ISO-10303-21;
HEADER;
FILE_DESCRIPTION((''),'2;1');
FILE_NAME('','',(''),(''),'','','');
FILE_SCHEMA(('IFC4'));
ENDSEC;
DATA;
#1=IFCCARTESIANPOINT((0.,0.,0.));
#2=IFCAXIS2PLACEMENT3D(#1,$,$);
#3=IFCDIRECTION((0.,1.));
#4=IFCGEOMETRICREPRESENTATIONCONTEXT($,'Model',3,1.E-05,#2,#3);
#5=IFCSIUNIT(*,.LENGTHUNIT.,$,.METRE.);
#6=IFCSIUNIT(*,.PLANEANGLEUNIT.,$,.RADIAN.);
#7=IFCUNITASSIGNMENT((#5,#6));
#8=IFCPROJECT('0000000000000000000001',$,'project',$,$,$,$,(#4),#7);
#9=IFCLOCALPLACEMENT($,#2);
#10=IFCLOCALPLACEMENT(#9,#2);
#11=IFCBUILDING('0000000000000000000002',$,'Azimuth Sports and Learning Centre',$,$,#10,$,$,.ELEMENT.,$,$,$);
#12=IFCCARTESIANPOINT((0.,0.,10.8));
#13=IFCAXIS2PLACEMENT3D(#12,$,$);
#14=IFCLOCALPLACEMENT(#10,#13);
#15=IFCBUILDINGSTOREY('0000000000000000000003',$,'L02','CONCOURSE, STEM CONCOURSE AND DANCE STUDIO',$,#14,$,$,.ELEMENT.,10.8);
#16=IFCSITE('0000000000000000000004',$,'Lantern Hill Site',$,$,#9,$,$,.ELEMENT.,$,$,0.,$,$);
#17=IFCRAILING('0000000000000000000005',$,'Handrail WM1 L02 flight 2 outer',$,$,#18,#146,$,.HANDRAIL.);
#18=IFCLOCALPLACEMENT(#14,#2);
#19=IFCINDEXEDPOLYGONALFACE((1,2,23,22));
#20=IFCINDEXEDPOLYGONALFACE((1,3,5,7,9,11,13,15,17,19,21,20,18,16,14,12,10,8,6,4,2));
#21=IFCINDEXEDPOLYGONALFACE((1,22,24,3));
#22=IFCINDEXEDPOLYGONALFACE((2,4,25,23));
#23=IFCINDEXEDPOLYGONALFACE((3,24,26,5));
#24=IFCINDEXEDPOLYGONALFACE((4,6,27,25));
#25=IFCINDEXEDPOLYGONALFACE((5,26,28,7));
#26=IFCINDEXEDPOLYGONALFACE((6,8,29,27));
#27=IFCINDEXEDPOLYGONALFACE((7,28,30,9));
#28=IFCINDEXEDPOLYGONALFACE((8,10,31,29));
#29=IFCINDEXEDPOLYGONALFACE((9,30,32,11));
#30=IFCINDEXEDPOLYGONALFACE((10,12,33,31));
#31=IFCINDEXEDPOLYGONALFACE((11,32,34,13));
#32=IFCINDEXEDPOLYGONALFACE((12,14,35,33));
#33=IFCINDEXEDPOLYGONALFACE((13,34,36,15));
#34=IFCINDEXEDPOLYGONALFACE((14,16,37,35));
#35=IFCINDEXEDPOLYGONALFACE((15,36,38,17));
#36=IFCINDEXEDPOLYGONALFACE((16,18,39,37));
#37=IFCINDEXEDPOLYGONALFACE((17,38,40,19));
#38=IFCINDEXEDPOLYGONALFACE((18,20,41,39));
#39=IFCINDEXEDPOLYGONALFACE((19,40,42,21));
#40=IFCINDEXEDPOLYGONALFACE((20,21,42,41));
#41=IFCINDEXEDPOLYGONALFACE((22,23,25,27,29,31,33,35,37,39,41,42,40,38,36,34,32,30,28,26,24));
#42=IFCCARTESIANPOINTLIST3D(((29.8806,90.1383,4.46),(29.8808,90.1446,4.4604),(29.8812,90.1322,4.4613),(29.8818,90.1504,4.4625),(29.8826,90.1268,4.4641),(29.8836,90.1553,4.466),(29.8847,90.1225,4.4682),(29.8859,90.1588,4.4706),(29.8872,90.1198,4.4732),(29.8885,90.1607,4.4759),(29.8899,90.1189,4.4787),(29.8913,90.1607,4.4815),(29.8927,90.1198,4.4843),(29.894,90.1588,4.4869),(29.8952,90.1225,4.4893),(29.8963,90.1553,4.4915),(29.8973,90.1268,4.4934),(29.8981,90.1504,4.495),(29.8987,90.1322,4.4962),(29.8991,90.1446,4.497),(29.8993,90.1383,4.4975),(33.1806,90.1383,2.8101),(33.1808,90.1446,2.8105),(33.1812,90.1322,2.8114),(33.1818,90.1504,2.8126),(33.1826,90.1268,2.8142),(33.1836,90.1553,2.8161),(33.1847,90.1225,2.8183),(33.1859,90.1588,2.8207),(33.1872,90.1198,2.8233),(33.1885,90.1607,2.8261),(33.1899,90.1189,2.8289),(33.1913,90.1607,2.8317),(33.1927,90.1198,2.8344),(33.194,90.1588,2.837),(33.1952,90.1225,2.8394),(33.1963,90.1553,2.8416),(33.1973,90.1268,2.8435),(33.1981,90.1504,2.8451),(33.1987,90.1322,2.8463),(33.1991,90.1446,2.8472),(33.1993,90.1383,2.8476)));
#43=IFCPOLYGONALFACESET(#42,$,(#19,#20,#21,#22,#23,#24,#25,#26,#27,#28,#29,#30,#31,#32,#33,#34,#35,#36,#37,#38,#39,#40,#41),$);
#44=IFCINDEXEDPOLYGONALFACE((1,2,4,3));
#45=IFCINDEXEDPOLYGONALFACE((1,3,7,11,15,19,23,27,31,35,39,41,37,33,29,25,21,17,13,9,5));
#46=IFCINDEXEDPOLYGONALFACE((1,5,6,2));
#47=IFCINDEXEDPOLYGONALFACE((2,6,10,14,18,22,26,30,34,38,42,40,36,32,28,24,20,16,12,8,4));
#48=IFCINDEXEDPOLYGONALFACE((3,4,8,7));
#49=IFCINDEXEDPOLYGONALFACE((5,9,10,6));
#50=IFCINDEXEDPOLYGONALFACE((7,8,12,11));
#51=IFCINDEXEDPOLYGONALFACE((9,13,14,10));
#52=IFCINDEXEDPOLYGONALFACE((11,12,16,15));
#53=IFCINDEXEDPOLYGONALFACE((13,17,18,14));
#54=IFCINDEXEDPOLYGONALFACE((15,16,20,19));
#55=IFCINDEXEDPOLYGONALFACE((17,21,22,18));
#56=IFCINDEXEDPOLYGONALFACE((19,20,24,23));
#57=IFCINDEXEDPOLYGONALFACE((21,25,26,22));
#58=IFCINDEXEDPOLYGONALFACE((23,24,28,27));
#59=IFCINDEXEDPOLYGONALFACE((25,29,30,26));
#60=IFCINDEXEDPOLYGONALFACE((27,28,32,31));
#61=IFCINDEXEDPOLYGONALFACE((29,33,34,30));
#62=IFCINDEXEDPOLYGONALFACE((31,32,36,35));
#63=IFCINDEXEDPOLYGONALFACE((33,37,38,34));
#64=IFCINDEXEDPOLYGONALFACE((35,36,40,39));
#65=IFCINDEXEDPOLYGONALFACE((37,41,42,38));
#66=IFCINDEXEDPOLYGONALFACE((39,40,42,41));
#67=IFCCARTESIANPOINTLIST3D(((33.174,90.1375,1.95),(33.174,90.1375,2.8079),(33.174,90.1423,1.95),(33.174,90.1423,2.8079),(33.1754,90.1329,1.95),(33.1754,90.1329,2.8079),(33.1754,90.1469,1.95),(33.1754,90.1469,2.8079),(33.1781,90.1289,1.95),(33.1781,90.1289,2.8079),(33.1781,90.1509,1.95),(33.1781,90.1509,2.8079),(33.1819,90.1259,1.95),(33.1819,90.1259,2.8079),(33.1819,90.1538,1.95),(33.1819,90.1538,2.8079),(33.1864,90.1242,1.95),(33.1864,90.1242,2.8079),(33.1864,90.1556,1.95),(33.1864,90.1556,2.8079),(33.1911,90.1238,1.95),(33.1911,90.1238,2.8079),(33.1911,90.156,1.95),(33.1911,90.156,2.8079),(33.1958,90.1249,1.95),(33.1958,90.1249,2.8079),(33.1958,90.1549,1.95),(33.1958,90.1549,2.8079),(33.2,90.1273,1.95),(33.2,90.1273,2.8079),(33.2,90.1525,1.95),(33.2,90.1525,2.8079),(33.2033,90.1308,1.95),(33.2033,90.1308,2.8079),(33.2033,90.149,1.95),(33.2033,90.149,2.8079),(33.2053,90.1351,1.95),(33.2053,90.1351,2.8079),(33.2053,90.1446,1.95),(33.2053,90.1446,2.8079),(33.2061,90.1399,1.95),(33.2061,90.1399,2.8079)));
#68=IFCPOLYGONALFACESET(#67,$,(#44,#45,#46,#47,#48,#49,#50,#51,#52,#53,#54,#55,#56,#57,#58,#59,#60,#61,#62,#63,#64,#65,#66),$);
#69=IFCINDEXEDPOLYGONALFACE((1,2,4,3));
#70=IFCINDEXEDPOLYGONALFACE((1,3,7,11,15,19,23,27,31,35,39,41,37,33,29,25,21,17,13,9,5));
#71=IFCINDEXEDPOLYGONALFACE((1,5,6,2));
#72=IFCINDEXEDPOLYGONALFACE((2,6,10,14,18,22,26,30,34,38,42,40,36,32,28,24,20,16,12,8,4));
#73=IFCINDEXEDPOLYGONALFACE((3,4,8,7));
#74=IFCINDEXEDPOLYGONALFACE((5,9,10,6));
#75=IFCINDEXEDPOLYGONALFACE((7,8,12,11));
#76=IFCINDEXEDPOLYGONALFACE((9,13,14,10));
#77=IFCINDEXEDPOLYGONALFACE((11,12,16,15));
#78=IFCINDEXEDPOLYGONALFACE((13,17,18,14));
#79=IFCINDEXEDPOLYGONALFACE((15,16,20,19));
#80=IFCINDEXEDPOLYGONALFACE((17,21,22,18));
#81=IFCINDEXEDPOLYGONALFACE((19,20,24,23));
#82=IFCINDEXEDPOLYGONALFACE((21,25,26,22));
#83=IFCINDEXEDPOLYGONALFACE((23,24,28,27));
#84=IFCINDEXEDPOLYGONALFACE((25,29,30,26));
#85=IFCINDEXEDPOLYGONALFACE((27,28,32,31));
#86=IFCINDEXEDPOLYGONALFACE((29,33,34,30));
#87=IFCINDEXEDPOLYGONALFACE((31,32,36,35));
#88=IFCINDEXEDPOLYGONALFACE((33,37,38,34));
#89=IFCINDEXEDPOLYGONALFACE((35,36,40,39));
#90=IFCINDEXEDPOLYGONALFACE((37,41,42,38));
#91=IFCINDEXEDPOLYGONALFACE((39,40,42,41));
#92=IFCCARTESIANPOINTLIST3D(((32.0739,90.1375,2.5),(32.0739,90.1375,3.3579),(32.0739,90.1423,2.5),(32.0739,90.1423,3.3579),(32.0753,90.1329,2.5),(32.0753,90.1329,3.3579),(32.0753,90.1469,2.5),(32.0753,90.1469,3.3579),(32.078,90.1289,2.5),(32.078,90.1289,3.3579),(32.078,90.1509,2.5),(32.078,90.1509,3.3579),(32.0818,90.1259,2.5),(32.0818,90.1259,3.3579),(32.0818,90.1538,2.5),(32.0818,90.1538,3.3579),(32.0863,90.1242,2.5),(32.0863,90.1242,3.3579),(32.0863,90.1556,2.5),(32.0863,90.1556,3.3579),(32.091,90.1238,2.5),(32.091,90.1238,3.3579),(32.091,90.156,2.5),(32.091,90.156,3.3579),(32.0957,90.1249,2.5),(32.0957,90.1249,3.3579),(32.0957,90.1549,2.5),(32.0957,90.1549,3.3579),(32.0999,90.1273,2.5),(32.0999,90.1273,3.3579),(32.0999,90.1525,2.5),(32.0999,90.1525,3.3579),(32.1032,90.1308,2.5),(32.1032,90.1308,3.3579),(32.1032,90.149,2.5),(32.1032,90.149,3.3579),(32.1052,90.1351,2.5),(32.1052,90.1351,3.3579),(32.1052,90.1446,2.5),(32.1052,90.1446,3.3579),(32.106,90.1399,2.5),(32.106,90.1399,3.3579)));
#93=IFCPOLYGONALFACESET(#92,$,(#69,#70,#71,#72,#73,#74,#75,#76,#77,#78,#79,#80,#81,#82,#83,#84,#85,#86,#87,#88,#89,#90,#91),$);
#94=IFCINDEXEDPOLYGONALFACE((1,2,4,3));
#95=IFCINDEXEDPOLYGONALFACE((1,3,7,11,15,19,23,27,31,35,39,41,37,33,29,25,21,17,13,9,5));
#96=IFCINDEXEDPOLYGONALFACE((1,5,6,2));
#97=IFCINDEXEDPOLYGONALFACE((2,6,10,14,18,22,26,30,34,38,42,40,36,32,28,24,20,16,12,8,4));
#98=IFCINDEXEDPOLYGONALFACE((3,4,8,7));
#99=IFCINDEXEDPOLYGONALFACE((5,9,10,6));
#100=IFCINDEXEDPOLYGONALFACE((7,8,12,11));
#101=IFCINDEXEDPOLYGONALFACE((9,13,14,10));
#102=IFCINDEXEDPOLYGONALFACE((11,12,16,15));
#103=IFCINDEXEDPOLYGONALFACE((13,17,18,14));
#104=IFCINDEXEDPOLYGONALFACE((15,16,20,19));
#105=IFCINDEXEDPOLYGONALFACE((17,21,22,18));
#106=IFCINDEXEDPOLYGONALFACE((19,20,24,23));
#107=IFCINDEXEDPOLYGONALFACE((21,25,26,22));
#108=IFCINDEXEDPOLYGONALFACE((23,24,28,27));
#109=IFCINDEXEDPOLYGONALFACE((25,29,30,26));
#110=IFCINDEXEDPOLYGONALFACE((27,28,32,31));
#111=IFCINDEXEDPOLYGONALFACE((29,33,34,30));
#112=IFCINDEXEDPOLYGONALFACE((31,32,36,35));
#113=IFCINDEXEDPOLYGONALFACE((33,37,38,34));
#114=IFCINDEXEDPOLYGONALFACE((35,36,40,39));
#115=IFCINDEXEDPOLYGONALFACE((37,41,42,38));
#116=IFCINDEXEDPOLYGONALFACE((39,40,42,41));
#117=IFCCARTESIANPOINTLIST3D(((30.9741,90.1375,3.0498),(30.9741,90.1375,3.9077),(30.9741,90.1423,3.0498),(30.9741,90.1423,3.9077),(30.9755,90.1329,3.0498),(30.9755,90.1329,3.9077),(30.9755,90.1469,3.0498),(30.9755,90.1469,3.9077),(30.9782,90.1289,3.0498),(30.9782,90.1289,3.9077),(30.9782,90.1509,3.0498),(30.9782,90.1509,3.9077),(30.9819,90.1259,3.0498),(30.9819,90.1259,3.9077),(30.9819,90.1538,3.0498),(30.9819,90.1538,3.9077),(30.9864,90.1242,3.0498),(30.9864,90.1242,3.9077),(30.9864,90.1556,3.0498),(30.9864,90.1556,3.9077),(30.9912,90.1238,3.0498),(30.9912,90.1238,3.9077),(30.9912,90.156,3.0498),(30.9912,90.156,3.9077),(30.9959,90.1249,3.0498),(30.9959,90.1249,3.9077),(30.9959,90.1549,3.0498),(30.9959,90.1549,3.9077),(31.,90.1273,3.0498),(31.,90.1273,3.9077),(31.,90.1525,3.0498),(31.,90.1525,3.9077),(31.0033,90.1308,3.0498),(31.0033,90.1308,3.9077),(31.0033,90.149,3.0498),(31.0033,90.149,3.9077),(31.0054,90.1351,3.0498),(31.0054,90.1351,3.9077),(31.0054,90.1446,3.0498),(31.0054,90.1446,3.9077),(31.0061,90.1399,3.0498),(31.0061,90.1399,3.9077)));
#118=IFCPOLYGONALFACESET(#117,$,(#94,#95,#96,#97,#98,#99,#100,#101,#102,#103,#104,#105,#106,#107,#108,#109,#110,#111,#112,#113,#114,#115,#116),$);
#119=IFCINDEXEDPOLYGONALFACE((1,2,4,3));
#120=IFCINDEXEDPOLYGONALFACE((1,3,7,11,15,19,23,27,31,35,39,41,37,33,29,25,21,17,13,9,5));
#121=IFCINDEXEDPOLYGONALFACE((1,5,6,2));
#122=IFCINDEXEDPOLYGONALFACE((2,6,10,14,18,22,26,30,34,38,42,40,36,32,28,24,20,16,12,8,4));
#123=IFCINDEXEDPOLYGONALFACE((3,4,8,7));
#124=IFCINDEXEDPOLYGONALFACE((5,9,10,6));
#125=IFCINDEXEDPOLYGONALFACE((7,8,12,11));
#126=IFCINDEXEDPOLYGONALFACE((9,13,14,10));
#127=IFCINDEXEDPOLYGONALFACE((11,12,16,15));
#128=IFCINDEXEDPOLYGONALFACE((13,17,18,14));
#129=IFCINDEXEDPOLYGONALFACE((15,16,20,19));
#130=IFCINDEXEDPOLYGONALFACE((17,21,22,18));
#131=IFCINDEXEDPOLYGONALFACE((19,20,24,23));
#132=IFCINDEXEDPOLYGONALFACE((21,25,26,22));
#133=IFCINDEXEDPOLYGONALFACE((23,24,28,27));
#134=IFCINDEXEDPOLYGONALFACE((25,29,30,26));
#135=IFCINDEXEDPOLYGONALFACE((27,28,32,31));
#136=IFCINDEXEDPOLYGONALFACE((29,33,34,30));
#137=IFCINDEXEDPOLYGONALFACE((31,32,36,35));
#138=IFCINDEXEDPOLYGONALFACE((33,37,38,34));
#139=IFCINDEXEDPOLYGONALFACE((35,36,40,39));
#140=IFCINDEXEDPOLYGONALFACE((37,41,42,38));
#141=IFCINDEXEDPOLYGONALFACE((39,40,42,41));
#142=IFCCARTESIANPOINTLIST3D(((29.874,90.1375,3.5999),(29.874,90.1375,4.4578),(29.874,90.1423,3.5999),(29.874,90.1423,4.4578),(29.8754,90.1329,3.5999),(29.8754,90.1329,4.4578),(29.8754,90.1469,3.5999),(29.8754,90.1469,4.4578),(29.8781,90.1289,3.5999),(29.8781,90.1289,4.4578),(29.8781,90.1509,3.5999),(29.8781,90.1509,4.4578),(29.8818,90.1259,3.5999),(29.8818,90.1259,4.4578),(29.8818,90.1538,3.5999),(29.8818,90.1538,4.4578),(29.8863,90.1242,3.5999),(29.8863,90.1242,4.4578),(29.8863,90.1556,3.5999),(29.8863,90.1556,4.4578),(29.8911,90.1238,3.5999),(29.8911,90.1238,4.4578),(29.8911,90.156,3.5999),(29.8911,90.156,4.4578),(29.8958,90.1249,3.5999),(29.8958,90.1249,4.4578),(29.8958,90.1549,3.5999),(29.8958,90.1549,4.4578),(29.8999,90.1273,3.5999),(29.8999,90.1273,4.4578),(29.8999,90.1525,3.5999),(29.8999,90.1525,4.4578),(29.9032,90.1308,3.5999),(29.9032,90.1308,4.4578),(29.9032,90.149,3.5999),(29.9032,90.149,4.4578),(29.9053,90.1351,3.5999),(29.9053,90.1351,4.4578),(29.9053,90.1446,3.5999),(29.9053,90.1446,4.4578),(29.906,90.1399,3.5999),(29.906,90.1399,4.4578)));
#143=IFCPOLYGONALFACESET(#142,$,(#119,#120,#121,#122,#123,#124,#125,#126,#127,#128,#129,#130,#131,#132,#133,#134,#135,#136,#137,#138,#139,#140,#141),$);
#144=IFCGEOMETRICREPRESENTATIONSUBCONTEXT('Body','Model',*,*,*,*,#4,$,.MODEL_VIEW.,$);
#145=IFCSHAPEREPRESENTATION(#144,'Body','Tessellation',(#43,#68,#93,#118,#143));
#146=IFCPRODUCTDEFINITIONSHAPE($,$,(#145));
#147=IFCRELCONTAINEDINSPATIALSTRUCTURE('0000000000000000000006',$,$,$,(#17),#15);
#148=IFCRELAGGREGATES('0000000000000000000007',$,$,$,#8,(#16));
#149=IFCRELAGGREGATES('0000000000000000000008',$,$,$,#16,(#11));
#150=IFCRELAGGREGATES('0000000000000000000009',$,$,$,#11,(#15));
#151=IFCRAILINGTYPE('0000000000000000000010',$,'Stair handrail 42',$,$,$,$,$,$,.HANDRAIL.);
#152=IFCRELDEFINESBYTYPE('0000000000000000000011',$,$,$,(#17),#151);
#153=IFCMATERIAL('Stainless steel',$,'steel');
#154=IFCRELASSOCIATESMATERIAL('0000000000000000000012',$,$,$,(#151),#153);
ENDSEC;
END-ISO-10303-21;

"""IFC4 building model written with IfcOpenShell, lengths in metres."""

from ifc_helpers import new_model, si_unit, direction, frame, origin, origin_2d, place, context, subcontext, project, spatial, circle, extrude, material, type_object, element, save


model = new_model("IFC4")

# Units and contexts
model_context = context("Model", 3, precision=1e-05, world=origin(), true_north=direction((0.0, 1.0)))
body_context = subcontext(model_context, "Body", "Model", "MODEL_VIEW")
ifc_project = project(units=[si_unit("LENGTHUNIT", "METRE"), si_unit("PLANEANGLEUNIT", "RADIAN")], contexts=[model_context])

# Site, building, storey
site_placement = place(None, origin())
site = spatial("IfcSite", under=ifc_project, at=site_placement, Name="Lantern Hill Site", CompositionType="ELEMENT", RefElevation=0.0)
building_placement = place(site_placement, origin())
building = spatial("IfcBuilding", under=site, at=building_placement, Name="Azimuth Sports and Learning Centre", CompositionType="ELEMENT")
storey_placement = place(building_placement, frame((0.0, 0.0, 10.8)))
storey = spatial("IfcBuildingStorey", under=building, at=storey_placement, Name="L02", Description="CONCOURSE, STEM CONCOURSE AND DANCE STUDIO", CompositionType="ELEMENT", Elevation=10.8)

# Railing
ifc_material_1 = material(Name="Stainless steel", Category="steel")
railing_type_1 = type_object("IfcRailingType", Name="Stair handrail 42", PredefinedType="HANDRAIL", material=ifc_material_1)
for number, where, name in (
    (1, (33.1899, 90.1399, 1.95), "Handrail WM1 L02 flight 2 outer"),
):
    element("IfcRailing", number, at=place(storey_placement, frame(where)), inside=storey, type_object=railing_type_1, Name=name, PredefinedType="HANDRAIL", context=body_context, shape_type="SweptSolid", body=[
        extrude(circle(Radius=0.021, at=origin_2d()), frame((0.0, 0.0, 0.8789), z_axis=(-0.89444, 0.0, 0.447187), x_axis=(0.0, -1.0, 0.0)), (0.0, 0.0, 1.0), 3.6895),
        extrude(circle(Radius=0.0161, at=origin_2d()), origin(), (0.0, 0.0, 1.0), 0.8579),
        extrude(circle(Radius=0.0161, at=origin_2d()), frame((-1.1001, 0.0, 0.55)), (0.0, 0.0, 1.0), 0.8579),
        extrude(circle(Radius=0.0161, at=origin_2d()), frame((-2.2, 0.0, 1.0999)), (0.0, 0.0, 1.0), 0.8579),
        extrude(circle(Radius=0.0161, at=origin_2d()), frame((-3.3, 0.0, 1.6499)), (0.0, 0.0, 1.0), 0.8579),
    ])

save(model, "model.ifc")
